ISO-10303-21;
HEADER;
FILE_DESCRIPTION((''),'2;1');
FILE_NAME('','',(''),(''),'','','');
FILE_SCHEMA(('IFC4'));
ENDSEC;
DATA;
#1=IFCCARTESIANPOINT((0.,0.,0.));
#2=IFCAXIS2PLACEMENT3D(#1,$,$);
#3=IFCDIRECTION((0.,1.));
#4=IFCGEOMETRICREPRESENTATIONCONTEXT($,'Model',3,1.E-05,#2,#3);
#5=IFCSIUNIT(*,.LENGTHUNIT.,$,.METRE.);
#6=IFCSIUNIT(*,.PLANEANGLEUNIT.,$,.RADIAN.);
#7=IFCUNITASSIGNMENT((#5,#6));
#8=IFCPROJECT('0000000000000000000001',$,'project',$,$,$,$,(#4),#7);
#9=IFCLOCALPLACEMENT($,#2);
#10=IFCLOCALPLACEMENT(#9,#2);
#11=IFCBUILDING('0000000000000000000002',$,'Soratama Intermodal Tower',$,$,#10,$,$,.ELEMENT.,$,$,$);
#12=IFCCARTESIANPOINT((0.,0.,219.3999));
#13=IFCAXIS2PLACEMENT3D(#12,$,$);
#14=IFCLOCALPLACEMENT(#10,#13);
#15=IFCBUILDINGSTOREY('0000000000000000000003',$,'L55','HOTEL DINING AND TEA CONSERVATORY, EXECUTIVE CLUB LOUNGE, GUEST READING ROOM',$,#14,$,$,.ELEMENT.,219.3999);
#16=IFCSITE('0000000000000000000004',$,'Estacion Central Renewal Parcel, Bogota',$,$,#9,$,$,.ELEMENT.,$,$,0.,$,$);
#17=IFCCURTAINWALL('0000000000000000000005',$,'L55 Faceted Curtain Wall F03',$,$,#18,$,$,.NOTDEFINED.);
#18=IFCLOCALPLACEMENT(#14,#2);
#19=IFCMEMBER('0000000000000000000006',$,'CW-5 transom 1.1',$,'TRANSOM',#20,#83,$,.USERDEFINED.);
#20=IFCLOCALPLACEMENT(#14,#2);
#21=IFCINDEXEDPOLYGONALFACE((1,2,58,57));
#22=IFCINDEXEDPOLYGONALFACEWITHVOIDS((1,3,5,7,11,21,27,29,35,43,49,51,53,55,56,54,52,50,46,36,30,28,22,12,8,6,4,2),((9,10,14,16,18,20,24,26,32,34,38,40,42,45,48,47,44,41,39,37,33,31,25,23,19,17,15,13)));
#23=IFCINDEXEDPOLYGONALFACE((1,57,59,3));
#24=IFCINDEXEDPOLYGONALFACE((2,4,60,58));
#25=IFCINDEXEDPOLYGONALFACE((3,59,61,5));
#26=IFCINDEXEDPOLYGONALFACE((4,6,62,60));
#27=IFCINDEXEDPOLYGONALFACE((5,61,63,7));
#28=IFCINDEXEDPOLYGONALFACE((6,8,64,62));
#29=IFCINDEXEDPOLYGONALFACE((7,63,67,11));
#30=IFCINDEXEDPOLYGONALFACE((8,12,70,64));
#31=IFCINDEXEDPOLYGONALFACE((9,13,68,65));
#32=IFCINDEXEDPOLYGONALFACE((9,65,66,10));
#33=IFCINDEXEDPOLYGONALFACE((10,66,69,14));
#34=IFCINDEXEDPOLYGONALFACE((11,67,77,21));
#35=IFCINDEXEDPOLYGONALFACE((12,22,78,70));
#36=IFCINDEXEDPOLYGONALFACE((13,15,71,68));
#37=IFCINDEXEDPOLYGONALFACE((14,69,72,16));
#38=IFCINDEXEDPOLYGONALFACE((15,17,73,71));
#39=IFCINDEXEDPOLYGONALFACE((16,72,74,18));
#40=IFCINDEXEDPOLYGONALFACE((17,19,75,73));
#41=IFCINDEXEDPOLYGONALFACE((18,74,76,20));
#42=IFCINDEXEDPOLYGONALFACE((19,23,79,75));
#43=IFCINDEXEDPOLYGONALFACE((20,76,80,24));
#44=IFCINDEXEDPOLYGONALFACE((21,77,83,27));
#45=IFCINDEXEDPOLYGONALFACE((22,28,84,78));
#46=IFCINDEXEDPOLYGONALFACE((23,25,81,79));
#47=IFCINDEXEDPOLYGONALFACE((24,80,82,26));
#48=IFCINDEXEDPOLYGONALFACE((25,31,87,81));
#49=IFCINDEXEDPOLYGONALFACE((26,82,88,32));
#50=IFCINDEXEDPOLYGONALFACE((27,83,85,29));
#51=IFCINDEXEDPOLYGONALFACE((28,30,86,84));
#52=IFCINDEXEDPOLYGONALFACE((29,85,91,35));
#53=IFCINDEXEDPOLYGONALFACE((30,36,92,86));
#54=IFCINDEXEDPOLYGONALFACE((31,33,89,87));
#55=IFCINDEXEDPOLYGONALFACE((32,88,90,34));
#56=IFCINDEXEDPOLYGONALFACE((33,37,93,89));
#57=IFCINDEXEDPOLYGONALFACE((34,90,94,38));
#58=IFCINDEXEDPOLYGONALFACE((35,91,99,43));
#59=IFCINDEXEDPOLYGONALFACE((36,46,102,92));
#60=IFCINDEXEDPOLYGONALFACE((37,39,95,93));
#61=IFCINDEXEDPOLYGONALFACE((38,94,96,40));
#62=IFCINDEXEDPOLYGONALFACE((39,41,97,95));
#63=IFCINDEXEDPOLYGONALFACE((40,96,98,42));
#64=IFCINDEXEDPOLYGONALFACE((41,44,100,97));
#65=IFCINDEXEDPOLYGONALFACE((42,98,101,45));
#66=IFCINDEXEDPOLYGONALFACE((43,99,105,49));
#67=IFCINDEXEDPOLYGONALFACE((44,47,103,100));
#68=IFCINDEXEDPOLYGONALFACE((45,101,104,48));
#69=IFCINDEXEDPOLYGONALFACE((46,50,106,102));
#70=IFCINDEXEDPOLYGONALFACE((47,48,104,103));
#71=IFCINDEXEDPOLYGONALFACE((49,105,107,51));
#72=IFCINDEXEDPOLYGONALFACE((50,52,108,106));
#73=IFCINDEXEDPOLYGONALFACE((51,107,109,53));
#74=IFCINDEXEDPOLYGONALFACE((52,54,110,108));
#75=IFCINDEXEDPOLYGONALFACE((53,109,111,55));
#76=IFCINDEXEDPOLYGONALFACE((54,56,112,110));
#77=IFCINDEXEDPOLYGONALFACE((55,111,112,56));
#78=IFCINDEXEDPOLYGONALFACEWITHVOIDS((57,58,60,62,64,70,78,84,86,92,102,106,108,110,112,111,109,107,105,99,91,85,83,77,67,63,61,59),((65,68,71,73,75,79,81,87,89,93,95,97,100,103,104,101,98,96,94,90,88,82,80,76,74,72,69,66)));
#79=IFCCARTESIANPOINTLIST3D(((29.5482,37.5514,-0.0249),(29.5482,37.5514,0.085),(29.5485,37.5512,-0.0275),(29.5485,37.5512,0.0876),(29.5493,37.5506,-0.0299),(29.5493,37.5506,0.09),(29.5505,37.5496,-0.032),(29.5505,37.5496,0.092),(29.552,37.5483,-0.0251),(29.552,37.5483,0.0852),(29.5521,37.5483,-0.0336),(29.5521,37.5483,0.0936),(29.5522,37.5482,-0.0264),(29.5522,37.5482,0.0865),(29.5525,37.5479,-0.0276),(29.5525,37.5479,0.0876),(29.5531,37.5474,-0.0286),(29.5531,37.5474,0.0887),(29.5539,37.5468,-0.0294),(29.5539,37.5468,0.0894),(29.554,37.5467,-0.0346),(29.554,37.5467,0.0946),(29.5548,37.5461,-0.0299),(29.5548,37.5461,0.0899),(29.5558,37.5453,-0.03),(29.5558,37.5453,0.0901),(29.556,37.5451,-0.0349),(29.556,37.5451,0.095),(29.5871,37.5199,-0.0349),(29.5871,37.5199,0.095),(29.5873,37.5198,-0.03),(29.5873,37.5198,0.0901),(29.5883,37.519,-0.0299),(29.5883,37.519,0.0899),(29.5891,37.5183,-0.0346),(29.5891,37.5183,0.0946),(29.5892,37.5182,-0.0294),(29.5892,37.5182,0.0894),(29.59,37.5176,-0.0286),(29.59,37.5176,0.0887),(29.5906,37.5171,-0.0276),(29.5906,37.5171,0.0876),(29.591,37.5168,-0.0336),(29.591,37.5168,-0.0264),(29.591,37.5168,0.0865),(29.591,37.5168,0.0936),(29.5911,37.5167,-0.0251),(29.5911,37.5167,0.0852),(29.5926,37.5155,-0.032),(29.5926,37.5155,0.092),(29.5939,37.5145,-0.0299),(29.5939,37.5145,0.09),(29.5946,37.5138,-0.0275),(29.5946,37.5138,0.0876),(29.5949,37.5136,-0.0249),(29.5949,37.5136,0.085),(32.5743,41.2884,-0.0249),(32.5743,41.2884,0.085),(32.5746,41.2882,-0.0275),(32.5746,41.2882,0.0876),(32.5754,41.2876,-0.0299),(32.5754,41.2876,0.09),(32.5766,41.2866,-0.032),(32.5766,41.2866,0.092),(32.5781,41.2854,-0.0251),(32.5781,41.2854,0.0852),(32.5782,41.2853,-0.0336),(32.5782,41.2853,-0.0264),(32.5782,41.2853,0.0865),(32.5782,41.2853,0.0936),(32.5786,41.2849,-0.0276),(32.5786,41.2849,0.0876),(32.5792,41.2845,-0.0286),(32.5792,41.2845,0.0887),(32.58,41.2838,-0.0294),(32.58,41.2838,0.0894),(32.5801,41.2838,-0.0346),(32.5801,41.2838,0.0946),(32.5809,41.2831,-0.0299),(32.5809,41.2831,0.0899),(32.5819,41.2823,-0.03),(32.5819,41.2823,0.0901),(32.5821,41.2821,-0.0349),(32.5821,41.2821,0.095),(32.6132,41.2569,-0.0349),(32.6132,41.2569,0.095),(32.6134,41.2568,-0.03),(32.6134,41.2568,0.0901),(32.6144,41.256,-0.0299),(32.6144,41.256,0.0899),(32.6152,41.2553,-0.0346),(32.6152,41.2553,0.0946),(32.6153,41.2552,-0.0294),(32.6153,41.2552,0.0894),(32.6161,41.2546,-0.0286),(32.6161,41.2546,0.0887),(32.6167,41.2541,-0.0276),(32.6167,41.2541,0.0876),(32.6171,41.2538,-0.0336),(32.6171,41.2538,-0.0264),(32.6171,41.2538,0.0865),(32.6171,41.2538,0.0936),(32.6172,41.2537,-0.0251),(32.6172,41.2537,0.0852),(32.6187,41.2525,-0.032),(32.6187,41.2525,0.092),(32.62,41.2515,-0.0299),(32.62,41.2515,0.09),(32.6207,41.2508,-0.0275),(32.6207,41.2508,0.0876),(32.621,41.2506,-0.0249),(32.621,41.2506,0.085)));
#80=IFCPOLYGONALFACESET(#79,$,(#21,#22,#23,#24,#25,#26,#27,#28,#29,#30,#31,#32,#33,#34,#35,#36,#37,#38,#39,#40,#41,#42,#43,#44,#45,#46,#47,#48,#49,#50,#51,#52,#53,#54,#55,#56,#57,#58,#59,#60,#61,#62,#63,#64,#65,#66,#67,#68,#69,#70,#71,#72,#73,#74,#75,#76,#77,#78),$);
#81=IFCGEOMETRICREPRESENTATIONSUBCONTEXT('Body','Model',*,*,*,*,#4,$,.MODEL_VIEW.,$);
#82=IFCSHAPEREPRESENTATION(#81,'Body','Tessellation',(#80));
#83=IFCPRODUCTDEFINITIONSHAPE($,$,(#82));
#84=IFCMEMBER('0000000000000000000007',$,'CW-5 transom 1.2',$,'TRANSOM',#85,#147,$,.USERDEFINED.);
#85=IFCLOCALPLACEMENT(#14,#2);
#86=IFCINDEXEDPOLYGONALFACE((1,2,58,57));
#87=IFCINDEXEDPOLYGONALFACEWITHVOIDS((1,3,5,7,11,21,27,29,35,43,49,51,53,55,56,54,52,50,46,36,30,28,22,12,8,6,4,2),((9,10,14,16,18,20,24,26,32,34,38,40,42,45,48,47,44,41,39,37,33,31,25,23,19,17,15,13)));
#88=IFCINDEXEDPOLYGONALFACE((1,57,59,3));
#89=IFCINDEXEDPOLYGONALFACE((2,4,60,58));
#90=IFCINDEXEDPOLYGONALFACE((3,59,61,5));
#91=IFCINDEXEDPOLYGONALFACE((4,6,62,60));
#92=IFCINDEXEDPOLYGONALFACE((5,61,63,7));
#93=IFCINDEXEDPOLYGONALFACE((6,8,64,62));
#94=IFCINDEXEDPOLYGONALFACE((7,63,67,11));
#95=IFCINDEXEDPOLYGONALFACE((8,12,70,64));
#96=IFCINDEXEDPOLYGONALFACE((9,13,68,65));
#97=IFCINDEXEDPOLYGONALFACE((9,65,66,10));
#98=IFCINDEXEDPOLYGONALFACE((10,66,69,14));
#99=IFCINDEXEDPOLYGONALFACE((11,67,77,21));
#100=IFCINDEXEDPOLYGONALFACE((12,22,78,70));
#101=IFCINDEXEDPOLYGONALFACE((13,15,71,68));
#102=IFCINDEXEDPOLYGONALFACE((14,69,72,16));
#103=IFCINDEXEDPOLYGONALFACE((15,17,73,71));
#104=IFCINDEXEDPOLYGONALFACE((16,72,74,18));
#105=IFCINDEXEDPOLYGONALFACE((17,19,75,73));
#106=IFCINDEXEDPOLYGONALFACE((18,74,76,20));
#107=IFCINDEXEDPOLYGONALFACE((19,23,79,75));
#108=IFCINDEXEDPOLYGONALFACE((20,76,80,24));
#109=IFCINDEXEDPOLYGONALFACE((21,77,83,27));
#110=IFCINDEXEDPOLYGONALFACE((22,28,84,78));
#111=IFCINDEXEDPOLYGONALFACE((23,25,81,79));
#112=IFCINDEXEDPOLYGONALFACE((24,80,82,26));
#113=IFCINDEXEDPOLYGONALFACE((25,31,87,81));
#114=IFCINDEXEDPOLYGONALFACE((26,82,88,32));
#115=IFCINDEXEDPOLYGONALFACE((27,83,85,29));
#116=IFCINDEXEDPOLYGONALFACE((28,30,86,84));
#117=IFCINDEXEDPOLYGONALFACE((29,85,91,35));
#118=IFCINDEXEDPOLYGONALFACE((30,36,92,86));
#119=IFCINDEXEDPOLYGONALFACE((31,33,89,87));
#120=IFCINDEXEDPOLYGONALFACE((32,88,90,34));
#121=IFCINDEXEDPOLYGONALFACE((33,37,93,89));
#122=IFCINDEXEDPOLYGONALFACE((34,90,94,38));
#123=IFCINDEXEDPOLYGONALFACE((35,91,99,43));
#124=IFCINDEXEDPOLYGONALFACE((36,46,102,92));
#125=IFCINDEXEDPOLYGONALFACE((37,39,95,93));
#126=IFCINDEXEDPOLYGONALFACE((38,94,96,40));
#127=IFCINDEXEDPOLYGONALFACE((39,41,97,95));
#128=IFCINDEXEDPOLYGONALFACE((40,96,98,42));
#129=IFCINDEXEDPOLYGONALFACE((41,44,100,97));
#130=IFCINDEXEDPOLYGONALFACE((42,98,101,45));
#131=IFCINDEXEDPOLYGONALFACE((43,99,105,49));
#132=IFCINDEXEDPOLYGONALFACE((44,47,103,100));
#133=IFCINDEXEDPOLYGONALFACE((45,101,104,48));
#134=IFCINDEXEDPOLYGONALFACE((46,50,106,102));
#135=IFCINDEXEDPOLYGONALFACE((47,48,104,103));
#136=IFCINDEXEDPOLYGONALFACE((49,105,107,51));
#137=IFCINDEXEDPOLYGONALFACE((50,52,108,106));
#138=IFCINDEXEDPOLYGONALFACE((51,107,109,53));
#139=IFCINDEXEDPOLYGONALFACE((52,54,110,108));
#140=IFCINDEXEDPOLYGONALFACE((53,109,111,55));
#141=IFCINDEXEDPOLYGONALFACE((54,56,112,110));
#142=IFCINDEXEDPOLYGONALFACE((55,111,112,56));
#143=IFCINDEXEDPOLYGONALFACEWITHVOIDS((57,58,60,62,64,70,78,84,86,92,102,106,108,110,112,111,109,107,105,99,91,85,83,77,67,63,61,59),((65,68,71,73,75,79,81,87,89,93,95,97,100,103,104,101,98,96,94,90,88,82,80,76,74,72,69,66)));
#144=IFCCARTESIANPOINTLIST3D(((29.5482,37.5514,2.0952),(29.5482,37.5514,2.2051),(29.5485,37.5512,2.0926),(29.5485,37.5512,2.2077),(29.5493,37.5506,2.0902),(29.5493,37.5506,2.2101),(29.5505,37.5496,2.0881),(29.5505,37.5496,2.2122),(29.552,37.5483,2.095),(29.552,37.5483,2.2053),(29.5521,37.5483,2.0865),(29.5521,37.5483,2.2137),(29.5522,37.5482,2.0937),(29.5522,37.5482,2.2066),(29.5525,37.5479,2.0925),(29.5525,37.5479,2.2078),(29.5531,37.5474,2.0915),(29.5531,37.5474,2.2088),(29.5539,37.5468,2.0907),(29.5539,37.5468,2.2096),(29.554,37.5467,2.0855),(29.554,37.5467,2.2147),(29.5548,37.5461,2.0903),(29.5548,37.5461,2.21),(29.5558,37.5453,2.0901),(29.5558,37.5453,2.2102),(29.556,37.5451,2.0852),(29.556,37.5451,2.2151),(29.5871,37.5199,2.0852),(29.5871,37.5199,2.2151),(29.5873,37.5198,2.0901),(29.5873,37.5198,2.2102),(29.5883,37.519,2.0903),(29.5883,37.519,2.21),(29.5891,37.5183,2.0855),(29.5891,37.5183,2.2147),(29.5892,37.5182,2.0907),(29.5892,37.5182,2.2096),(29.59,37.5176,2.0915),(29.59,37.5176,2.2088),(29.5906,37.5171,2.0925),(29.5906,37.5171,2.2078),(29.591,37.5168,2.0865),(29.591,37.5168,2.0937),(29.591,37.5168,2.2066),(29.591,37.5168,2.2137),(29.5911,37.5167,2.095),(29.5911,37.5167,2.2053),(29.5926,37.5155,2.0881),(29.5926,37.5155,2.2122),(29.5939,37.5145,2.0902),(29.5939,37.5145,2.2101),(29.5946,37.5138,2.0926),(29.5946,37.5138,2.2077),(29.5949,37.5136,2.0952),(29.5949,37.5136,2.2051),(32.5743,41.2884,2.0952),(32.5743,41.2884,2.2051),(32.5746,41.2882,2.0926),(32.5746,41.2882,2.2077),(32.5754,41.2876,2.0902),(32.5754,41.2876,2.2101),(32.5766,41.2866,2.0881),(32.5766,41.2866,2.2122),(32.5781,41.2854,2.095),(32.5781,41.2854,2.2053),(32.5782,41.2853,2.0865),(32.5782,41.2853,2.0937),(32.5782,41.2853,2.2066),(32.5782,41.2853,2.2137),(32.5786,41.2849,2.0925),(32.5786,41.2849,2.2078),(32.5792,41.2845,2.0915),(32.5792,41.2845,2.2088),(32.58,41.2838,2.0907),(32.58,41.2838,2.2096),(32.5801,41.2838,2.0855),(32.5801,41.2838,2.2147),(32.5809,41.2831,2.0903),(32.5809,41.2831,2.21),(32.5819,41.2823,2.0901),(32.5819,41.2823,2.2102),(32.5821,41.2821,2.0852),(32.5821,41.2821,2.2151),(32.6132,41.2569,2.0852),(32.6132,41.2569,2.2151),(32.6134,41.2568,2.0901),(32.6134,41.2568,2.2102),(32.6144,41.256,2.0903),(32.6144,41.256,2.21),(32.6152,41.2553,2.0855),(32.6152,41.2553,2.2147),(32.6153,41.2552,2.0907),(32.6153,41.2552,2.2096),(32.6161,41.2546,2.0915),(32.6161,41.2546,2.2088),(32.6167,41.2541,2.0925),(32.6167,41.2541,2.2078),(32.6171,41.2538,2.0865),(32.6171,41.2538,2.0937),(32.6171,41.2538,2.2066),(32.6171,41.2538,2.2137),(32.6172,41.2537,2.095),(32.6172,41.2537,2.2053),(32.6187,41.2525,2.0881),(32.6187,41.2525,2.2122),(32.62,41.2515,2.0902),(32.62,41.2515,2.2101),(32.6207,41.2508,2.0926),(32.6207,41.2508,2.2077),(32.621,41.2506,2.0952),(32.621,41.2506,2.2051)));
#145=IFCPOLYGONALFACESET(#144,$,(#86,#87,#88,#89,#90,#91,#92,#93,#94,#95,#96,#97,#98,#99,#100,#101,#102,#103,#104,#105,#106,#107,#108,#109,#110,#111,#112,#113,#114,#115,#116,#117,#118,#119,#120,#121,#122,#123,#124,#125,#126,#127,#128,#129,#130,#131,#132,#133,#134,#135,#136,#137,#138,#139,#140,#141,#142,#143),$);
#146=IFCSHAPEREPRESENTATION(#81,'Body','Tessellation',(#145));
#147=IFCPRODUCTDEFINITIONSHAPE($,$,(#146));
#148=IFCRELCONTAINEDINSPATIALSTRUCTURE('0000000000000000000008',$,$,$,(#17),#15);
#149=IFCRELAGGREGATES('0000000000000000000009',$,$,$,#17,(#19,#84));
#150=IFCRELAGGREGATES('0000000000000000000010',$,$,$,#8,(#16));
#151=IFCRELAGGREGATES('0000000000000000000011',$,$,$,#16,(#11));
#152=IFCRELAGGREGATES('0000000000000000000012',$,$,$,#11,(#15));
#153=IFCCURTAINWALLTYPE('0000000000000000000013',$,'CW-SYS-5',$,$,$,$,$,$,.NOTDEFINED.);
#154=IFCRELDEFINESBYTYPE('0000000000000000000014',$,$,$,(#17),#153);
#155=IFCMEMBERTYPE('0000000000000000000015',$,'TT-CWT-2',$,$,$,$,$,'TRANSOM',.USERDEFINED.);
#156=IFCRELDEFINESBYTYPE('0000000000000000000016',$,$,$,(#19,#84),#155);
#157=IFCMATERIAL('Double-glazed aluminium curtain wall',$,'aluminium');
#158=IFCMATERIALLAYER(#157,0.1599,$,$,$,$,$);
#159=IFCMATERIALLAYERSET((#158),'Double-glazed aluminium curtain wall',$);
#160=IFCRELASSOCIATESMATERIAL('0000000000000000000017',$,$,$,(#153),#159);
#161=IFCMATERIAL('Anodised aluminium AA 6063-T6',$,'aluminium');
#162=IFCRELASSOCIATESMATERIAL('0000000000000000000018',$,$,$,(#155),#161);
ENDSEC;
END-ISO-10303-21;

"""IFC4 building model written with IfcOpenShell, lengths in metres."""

from ifc_helpers import new_model, si_unit, direction, frame, origin, origin_2d, place, context, subcontext, project, spatial, hollow_rectangle, extrude, material, layer, layer_set, material_profile, profile_set, type_object, element, aggregate, save


model = new_model("IFC4")

# Units and contexts
model_context = context("Model", 3, precision=1e-05, world=origin(), true_north=direction((0.0, 1.0)))
body_context = subcontext(model_context, "Body", "Model", "MODEL_VIEW")
ifc_project = project(units=[si_unit("LENGTHUNIT", "METRE"), si_unit("PLANEANGLEUNIT", "RADIAN")], contexts=[model_context])

# Site, building, storey
site_placement = place(None, origin())
site = spatial("IfcSite", under=ifc_project, at=site_placement, Name="Estacion Central Renewal Parcel, Bogota", CompositionType="ELEMENT", RefElevation=0.0)
building_placement = place(site_placement, origin())
building = spatial("IfcBuilding", under=site, at=building_placement, Name="Soratama Intermodal Tower", CompositionType="ELEMENT")
storey_placement = place(building_placement, frame((0.0, 0.0, 219.3999)))
storey = spatial("IfcBuildingStorey", under=building, at=storey_placement, Name="L55", Description="HOTEL DINING AND TEA CONSERVATORY, EXECUTIVE CLUB LOUNGE, GUEST READING ROOM", CompositionType="ELEMENT", Elevation=219.3999)

# Curtain wall, members
ifc_material_1 = material(Name="Double-glazed aluminium curtain wall", Category="aluminium")
ifc_layer_1 = layer(ifc_material_1, 0.1599)
ifc_layer_set_1 = layer_set([ifc_layer_1], Name="Double-glazed aluminium curtain wall")
curtain_wall_type = type_object("IfcCurtainWallType", Name="CW-SYS-5", PredefinedType="NOTDEFINED", material=ifc_layer_set_1)
curtain_wall_placement = place(storey_placement, origin())
curtain_wall = element("IfcCurtainWall", 1, at=curtain_wall_placement, inside=storey, type_object=curtain_wall_type, Name="L55 Faceted Curtain Wall F03", PredefinedType="NOTDEFINED")
ifc_material_2 = material(Name="Anodised aluminium AA 6063-T6", Category="aluminium")
ifc_material_profile_1 = material_profile(ifc_material_2, hollow_rectangle(XDim=0.0601, YDim=0.1299, WallThickness=0.0049, InnerFilletRadius=0.0049, OuterFilletRadius=0.01, at=origin_2d()), Name="CWT130X60X5")
ifc_profile_set_1 = profile_set([ifc_material_profile_1], Name="Anodised aluminium AA 6063-T6")
member_type_1 = type_object("IfcMemberType", Name="TT-CWT-2", ElementType="TRANSOM", PredefinedType="USERDEFINED", material=ifc_profile_set_1)
member_1_placement = place(storey_placement, frame((32.5977, 41.2695, 0.03), z_axis=(-0.629309, -0.777155, 0.0), x_axis=(0.777155, -0.629309, 0.0)))
member_1 = element("IfcMember", 2, at=member_1_placement, type_object=member_type_1, Name="CW-5 transom 1.1", ObjectType="TRANSOM", PredefinedType="USERDEFINED", context=body_context, shape_type="SweptSolid", body=[
    extrude(hollow_rectangle(XDim=0.0601, YDim=0.1299, WallThickness=0.0049, InnerFilletRadius=0.0049, OuterFilletRadius=0.01, at=origin_2d()), origin(), (0.0, 0.0, 1.0), 4.8086),
])
member_2_placement = place(storey_placement, frame((32.5977, 41.2695, 2.1501), z_axis=(-0.629309, -0.777155, 0.0), x_axis=(0.777155, -0.629309, 0.0)))
member_2 = element("IfcMember", 3, at=member_2_placement, type_object=member_type_1, Name="CW-5 transom 1.2", ObjectType="TRANSOM", PredefinedType="USERDEFINED", context=body_context, shape_type="SweptSolid", body=[
    extrude(hollow_rectangle(XDim=0.0601, YDim=0.1299, WallThickness=0.0049, InnerFilletRadius=0.0049, OuterFilletRadius=0.01, at=origin_2d()), origin(), (0.0, 0.0, 1.0), 4.8086),
])
aggregate(curtain_wall, [member_1, member_2])

save(model, "model.ifc")
